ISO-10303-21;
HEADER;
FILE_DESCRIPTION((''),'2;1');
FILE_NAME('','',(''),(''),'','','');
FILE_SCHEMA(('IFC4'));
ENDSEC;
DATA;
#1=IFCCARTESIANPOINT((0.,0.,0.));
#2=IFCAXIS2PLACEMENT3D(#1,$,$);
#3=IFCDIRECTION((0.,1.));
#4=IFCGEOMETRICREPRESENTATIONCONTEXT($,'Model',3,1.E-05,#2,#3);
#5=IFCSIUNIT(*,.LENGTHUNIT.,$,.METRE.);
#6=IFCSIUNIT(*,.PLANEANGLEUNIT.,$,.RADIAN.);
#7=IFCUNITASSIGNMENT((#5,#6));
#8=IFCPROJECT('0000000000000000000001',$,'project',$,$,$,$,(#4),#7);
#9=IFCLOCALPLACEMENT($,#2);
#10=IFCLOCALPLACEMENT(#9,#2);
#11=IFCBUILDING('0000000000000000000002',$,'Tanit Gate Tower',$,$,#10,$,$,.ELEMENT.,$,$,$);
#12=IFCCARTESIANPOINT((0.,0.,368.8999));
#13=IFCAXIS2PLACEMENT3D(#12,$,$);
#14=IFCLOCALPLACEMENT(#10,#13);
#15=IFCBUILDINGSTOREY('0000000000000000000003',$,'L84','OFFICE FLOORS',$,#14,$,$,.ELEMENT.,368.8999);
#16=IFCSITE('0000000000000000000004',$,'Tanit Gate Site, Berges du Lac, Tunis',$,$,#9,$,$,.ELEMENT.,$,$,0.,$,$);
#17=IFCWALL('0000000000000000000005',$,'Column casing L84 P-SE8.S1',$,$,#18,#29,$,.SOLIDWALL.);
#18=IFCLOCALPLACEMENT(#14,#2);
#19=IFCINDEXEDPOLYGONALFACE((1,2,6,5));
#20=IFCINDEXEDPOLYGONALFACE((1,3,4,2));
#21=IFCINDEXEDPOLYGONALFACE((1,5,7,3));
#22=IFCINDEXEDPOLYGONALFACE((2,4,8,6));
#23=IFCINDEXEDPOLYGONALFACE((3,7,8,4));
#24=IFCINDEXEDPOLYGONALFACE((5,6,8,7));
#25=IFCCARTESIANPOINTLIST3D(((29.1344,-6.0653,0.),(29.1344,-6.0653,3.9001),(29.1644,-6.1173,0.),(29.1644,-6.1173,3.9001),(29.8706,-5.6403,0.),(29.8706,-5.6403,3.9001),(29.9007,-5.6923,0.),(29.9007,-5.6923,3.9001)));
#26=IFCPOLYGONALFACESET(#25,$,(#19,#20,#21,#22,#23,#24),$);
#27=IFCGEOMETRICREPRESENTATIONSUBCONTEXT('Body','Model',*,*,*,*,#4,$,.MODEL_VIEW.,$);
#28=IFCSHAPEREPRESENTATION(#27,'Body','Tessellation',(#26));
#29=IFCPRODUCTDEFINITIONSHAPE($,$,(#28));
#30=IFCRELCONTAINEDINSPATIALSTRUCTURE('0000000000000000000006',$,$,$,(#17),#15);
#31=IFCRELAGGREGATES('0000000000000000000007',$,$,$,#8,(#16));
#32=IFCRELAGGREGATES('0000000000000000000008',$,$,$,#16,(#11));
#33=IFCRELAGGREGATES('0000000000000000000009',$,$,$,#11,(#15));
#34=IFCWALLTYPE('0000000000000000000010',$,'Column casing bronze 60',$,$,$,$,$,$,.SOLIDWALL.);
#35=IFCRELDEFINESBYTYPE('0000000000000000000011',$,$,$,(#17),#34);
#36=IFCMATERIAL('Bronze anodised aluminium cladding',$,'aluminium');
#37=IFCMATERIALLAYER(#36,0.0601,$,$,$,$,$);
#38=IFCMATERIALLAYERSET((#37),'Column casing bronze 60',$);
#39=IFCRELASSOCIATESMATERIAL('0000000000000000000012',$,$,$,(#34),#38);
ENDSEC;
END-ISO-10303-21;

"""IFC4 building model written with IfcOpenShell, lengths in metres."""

from ifc_helpers import new_model, si_unit, direction, frame, frame_2d, origin, place, context, subcontext, project, spatial, rectangle, extrude, material, layer, layer_set, type_object, element, save


model = new_model("IFC4")

# Units and contexts
model_context = context("Model", 3, precision=1e-05, world=origin(), true_north=direction((0.0, 1.0)))
body_context = subcontext(model_context, "Body", "Model", "MODEL_VIEW")
ifc_project = project(units=[si_unit("LENGTHUNIT", "METRE"), si_unit("PLANEANGLEUNIT", "RADIAN")], contexts=[model_context])

# Site, building, storey
site_placement = place(None, origin())
site = spatial("IfcSite", under=ifc_project, at=site_placement, Name="Tanit Gate Site, Berges du Lac, Tunis", CompositionType="ELEMENT", RefElevation=0.0)
building_placement = place(site_placement, origin())
building = spatial("IfcBuilding", under=site, at=building_placement, Name="Tanit Gate Tower", CompositionType="ELEMENT")
storey_placement = place(building_placement, frame((0.0, 0.0, 368.8999)))
storey = spatial("IfcBuildingStorey", under=building, at=storey_placement, Name="L84", Description="OFFICE FLOORS", CompositionType="ELEMENT", Elevation=368.8999)

# Wall
ifc_material_1 = material(Name="Bronze anodised aluminium cladding", Category="aluminium")
ifc_layer_1 = layer(ifc_material_1, 0.0601)
ifc_layer_set_1 = layer_set([ifc_layer_1], Name="Column casing bronze 60")
wall_type = type_object("IfcWallType", Name="Column casing bronze 60", PredefinedType="SOLIDWALL", material=ifc_layer_set_1)
wall_1_placement = place(storey_placement, frame((29.1494, -6.0913, 0.0), z_axis=(0.0, 0.0, 1.0), x_axis=(0.866061, 0.499938, 0.0)))
element("IfcWall", 1, at=wall_1_placement, inside=storey, type_object=wall_type, Name="Column casing L84 P-SE8.S1", PredefinedType="SOLIDWALL", context=body_context, shape_type="SweptSolid", body=[
    extrude(rectangle(XDim=0.8501, YDim=0.0601, at=frame_2d((0.425, 0.0))), origin(), (0.0, 0.0, 1.0), 3.9001),
])

save(model, "model.ifc")
